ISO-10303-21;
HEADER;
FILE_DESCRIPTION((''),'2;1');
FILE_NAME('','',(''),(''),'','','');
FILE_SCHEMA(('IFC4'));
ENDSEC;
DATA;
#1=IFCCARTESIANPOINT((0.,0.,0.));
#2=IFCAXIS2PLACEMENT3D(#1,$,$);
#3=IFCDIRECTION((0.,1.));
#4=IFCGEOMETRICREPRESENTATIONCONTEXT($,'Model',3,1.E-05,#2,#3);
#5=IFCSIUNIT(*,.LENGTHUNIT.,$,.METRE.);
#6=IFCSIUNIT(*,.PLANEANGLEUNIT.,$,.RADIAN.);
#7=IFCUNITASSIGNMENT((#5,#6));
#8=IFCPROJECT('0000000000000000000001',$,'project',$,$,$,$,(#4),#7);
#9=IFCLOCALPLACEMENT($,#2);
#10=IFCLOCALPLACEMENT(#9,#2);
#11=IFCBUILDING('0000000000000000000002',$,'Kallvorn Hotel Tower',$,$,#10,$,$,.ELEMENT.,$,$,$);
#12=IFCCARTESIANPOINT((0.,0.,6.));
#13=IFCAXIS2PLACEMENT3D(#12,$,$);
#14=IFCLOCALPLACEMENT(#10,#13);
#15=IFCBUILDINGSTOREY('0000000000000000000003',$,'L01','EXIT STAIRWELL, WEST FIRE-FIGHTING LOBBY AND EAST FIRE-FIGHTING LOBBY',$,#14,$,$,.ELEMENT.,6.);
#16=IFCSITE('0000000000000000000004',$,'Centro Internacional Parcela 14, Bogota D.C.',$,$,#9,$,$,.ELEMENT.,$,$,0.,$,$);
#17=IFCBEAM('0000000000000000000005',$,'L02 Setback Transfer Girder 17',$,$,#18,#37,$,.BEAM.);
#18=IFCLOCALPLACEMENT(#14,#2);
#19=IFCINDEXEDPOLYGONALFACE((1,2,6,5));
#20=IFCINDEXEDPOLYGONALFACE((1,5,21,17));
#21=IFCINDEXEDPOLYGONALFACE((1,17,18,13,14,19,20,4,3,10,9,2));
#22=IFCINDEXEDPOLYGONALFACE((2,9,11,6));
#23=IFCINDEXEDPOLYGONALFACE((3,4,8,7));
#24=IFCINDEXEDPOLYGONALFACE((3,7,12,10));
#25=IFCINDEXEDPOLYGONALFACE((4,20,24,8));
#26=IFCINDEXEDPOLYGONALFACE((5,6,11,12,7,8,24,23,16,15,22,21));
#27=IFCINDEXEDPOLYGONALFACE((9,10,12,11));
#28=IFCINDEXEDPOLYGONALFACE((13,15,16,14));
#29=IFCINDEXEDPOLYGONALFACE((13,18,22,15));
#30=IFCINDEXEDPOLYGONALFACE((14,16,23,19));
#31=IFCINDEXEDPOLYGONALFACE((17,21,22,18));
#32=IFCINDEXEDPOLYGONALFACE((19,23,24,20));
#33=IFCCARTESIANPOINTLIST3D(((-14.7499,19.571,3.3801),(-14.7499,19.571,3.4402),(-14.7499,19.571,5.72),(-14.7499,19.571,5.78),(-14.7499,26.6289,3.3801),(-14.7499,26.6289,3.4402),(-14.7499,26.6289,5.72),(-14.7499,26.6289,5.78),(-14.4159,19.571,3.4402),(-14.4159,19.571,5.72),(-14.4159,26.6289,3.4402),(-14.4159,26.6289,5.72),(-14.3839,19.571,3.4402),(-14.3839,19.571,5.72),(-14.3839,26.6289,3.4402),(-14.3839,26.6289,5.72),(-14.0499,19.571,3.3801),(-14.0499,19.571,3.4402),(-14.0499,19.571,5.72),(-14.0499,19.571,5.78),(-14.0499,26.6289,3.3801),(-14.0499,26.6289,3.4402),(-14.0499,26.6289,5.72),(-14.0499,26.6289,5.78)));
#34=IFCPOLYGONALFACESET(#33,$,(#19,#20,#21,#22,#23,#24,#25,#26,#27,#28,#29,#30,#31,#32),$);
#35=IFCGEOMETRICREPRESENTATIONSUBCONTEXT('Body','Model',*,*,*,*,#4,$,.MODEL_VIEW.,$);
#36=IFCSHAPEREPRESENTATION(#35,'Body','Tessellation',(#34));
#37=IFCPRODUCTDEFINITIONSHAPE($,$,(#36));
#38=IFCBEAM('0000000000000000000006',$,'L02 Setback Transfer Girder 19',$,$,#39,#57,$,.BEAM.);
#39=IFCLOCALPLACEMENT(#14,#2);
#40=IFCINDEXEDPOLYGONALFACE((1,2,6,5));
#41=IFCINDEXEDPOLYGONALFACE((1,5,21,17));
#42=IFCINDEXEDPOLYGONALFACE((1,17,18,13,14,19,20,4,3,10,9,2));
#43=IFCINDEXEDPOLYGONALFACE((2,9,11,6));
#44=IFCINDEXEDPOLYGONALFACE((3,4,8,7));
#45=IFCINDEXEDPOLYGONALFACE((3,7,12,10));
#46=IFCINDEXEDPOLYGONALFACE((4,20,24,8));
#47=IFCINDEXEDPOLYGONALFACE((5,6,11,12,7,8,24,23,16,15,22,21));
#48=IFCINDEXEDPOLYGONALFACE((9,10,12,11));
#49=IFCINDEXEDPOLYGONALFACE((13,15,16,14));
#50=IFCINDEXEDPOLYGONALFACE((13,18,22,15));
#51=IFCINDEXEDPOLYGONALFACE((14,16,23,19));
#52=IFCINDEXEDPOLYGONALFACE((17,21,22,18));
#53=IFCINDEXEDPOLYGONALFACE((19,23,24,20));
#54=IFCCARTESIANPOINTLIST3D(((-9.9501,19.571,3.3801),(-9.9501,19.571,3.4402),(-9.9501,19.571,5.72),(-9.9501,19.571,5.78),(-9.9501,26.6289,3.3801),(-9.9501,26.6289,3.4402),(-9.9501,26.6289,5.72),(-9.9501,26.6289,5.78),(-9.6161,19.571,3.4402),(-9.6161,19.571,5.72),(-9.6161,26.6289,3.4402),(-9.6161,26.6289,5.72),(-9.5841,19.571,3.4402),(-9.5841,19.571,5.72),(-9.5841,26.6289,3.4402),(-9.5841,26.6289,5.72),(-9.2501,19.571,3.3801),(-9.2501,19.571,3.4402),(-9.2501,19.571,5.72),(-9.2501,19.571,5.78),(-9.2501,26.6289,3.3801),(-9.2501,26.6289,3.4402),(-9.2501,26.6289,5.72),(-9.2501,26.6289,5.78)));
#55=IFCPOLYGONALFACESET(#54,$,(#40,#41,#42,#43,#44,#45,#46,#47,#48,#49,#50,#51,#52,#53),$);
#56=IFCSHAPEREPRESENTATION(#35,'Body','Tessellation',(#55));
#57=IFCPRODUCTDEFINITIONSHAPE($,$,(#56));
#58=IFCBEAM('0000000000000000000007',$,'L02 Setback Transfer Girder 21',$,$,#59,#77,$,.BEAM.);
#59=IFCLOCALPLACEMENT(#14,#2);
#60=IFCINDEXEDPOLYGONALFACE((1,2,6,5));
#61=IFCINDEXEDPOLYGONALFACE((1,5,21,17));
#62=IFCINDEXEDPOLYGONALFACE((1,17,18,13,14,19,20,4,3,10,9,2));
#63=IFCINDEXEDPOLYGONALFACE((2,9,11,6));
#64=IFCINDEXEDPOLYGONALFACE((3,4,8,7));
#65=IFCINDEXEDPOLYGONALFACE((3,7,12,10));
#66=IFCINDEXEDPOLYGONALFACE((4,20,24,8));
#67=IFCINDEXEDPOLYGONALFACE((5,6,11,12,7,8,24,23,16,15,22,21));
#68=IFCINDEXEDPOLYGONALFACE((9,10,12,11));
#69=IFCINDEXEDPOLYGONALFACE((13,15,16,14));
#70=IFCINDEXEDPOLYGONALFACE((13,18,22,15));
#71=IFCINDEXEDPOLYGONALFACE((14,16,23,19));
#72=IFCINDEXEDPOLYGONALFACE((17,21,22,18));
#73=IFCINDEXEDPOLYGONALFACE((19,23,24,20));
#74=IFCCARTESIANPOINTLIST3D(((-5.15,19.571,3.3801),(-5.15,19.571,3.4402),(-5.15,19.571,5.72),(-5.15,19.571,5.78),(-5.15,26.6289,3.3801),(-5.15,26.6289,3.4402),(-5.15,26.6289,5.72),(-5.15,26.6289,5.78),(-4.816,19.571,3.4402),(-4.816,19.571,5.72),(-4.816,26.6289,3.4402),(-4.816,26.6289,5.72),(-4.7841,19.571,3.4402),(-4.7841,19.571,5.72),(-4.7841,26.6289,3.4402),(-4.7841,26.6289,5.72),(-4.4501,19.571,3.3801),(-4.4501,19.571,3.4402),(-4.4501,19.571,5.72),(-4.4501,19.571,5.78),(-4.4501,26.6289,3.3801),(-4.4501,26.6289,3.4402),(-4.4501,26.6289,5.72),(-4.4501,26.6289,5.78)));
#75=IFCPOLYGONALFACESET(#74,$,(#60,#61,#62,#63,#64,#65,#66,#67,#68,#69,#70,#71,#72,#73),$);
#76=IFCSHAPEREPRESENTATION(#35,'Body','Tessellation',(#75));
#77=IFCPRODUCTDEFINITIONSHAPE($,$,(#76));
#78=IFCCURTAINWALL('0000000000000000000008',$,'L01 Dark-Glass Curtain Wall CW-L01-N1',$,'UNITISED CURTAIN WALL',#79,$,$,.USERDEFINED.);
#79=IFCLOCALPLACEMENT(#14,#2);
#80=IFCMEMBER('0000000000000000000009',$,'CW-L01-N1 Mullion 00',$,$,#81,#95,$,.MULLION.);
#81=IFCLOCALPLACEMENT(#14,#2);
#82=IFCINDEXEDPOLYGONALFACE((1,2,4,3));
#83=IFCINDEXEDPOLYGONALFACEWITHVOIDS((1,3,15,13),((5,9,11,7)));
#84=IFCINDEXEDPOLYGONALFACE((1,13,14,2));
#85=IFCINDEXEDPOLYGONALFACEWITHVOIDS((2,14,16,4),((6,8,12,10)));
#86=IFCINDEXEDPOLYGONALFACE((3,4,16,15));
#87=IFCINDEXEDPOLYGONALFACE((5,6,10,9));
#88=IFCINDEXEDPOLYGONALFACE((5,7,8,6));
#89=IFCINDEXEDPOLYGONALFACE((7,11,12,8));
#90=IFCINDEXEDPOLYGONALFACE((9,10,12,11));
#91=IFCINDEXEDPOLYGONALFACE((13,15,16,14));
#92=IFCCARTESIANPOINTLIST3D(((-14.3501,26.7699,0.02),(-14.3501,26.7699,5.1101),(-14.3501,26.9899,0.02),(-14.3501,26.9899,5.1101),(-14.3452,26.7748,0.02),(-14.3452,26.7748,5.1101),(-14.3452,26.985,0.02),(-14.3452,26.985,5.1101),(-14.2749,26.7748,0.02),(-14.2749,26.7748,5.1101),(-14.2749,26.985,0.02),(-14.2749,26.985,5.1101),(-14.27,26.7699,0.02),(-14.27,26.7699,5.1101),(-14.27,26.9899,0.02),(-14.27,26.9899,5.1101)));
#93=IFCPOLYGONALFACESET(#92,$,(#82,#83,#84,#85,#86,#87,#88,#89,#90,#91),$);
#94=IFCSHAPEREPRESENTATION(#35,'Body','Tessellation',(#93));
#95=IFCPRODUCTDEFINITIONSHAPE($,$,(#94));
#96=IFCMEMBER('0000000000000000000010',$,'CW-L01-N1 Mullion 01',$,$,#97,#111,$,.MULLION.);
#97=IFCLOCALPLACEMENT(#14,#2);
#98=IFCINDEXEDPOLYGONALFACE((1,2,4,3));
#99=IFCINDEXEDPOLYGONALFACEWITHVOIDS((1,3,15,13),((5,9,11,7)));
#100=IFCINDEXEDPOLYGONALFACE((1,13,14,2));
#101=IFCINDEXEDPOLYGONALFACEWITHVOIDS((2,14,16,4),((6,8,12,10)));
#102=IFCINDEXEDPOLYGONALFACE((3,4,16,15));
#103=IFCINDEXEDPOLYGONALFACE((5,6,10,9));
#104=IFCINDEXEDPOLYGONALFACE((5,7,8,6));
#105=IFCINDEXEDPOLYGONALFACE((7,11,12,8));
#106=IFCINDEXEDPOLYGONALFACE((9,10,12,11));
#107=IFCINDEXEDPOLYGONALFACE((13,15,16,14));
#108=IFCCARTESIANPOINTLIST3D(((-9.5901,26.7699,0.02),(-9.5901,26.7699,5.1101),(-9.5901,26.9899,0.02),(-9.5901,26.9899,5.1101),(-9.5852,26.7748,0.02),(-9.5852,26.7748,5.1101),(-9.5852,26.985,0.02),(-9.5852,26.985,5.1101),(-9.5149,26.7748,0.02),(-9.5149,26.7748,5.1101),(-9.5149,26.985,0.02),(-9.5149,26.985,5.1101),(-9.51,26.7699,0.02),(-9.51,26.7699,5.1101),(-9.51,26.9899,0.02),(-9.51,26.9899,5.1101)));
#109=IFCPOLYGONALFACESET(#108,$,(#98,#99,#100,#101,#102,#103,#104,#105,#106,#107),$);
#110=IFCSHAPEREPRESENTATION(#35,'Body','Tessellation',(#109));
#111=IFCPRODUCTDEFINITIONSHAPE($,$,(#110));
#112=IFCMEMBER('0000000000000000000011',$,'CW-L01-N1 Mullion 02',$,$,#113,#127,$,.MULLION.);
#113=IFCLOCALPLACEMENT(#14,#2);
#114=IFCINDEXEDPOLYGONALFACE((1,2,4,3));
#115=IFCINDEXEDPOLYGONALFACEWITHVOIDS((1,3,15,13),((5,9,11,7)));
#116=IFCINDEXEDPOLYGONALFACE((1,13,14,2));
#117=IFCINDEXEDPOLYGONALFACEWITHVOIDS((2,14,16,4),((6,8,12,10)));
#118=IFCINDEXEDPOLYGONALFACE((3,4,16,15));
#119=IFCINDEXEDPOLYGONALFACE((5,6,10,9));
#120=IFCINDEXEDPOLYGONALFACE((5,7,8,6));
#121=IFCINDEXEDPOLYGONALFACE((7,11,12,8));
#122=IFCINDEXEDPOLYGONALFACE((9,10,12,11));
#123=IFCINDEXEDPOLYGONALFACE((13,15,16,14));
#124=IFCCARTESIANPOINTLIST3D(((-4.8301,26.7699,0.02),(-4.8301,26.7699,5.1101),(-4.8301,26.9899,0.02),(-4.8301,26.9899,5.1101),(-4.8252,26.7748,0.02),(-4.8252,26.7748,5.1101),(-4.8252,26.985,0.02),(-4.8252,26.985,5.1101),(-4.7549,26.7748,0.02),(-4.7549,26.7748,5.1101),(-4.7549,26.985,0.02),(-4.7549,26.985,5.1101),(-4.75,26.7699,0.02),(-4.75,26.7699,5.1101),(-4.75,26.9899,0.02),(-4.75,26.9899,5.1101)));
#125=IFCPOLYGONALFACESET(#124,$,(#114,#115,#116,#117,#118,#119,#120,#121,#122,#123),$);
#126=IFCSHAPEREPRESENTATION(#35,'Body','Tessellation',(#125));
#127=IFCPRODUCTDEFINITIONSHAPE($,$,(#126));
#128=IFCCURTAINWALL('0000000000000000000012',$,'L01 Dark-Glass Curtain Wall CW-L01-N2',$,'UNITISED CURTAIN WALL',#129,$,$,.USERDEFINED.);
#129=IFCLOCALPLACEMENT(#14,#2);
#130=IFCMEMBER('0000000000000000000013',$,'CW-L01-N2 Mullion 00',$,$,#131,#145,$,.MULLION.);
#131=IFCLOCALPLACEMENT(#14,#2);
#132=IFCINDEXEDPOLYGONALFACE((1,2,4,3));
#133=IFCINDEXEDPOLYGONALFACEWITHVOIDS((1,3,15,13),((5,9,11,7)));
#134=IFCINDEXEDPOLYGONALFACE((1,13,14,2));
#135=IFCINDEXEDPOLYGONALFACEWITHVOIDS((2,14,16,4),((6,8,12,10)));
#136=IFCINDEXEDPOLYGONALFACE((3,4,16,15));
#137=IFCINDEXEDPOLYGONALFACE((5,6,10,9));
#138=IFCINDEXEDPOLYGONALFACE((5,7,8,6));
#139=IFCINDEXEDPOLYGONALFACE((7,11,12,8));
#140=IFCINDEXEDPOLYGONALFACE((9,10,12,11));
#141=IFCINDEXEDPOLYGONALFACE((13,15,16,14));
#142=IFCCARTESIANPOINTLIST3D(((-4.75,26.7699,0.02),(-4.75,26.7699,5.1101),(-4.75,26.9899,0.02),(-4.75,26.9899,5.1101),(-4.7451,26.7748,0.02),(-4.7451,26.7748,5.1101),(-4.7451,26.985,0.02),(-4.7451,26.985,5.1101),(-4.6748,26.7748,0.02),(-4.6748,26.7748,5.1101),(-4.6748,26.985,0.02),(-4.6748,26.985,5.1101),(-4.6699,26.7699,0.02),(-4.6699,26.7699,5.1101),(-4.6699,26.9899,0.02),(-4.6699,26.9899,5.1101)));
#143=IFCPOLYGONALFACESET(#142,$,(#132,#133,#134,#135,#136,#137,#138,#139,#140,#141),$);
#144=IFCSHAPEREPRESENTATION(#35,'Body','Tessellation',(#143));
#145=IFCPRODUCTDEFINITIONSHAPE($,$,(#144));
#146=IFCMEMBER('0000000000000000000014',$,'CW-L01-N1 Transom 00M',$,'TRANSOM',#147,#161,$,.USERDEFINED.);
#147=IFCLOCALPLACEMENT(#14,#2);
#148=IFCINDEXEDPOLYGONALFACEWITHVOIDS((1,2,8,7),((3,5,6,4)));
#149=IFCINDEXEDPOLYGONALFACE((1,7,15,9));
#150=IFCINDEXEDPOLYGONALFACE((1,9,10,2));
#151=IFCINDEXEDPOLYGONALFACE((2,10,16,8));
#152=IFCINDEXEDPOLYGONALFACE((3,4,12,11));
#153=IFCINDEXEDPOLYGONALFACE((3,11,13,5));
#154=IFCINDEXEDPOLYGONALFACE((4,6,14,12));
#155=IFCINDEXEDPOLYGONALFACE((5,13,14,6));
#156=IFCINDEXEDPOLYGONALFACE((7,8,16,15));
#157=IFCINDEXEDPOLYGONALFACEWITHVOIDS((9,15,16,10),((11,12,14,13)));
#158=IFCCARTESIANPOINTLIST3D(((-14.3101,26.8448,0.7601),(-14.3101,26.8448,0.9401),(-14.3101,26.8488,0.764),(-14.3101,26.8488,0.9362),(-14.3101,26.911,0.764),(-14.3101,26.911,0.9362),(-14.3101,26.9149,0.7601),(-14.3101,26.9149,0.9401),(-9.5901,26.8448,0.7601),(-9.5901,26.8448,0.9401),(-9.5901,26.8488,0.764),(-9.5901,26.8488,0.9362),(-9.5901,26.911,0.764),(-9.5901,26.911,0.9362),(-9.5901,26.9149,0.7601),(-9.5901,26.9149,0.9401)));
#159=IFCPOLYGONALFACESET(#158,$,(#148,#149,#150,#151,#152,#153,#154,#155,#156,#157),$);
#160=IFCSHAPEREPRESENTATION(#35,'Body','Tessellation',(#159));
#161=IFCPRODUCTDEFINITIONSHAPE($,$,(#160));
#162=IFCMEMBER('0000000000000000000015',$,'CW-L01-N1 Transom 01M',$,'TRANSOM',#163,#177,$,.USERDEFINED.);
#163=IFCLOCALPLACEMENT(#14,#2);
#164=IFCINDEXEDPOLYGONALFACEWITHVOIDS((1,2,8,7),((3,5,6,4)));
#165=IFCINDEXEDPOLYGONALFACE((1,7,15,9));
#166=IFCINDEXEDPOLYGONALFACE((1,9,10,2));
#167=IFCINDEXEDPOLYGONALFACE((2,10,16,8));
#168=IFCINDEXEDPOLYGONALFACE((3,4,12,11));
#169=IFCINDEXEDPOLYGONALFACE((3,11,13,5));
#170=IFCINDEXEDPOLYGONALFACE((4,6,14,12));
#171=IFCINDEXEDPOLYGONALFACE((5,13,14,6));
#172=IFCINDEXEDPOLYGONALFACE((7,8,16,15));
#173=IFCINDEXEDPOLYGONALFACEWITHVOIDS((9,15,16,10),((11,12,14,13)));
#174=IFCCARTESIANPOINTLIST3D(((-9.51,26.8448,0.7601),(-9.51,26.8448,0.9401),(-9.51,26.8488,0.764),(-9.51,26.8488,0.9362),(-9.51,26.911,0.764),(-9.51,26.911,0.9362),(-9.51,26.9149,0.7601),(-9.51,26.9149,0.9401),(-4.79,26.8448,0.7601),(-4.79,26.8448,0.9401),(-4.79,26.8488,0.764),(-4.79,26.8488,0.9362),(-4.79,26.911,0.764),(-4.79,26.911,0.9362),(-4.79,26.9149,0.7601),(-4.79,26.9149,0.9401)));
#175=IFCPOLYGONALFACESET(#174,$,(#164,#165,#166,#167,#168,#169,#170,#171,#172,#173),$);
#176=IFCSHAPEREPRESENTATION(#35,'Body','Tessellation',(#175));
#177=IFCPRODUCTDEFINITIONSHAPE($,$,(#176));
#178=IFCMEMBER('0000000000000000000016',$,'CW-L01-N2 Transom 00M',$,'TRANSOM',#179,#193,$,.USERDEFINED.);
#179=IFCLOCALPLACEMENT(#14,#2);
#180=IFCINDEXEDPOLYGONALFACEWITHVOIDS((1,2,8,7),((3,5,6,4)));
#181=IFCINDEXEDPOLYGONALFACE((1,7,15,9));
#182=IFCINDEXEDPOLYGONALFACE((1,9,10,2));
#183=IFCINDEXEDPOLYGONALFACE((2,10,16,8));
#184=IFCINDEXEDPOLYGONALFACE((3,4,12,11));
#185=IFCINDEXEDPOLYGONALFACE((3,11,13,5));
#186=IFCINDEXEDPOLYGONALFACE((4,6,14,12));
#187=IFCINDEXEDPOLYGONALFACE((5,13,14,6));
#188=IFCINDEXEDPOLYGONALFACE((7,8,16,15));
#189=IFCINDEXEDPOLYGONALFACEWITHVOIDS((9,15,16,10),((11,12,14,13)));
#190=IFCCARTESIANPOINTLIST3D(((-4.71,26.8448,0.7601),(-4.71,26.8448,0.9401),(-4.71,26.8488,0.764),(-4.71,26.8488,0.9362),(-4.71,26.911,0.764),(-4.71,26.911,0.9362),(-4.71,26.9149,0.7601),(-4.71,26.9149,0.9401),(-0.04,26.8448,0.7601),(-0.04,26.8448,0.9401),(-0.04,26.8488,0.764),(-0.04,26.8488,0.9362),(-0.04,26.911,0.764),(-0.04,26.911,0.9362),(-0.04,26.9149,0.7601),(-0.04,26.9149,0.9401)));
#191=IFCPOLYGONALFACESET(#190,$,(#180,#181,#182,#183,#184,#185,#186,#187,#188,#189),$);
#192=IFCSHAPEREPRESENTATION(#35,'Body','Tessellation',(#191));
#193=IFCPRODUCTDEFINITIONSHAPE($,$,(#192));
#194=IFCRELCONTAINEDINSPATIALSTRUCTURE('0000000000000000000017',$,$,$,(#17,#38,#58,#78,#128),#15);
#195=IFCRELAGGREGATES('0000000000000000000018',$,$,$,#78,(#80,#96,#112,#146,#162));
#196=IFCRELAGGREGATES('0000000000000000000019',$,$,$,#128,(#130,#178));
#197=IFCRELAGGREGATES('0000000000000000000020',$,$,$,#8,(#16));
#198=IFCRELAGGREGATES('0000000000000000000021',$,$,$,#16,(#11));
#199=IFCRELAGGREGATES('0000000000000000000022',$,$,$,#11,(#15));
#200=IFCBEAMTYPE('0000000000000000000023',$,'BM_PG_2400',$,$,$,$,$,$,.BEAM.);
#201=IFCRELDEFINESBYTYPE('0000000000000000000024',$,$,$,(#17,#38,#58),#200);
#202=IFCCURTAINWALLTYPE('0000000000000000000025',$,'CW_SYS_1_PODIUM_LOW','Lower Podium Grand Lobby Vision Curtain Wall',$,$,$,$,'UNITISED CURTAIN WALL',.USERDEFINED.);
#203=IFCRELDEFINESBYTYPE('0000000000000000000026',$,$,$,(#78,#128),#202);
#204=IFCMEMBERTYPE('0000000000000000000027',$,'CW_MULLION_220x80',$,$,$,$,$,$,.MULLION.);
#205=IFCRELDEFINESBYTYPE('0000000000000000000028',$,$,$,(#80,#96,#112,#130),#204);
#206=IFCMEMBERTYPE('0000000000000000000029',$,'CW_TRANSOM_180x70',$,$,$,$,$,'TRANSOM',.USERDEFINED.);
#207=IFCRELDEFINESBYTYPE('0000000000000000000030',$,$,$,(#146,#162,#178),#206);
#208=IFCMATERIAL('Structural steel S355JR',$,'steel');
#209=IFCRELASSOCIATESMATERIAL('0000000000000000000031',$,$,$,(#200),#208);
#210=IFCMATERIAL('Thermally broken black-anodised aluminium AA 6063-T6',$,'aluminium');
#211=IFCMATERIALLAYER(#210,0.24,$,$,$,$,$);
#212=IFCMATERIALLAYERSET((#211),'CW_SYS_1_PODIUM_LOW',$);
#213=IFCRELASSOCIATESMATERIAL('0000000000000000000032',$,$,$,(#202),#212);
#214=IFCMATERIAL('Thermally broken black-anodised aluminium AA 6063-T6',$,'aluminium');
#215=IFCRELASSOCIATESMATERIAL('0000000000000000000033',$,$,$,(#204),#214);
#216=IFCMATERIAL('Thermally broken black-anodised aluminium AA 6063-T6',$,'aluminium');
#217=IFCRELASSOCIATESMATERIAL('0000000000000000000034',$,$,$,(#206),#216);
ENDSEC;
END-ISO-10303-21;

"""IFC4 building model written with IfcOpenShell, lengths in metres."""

from ifc_helpers import new_model, si_unit, direction, frame, origin, origin_2d, place, context, subcontext, project, spatial, hollow_rectangle, i_section, extrude, material, layer, layer_set, material_profile, profile_set, type_object, element, aggregate, save


model = new_model("IFC4")

# Units and contexts
model_context = context("Model", 3, precision=1e-05, world=origin(), true_north=direction((0.0, 1.0)))
body_context = subcontext(model_context, "Body", "Model", "MODEL_VIEW")
ifc_project = project(units=[si_unit("LENGTHUNIT", "METRE"), si_unit("PLANEANGLEUNIT", "RADIAN")], contexts=[model_context])

# Site, building, storey
site_placement = place(None, origin())
site = spatial("IfcSite", under=ifc_project, at=site_placement, Name="Centro Internacional Parcela 14, Bogota D.C.", CompositionType="ELEMENT", RefElevation=0.0)
building_placement = place(site_placement, origin())
building = spatial("IfcBuilding", under=site, at=building_placement, Name="Kallvorn Hotel Tower", CompositionType="ELEMENT")
storey_placement = place(building_placement, frame((0.0, 0.0, 6.0)))
storey = spatial("IfcBuildingStorey", under=building, at=storey_placement, Name="L01", Description="EXIT STAIRWELL, WEST FIRE-FIGHTING LOBBY AND EAST FIRE-FIGHTING LOBBY", CompositionType="ELEMENT", Elevation=6.0)

# Beams
ifc_material_1 = material(Name="Structural steel S355JR", Category="steel")
ifc_material_profile_1 = material_profile(ifc_material_1, i_section(OverallWidth=0.7, OverallDepth=2.3999, WebThickness=0.032, FlangeThickness=0.0601, at=origin_2d()), Name="PG 2400x700x32x60")
ifc_profile_set_1 = profile_set([ifc_material_profile_1], Name="Structural steel S355JR")
beam_type_1 = type_object("IfcBeamType", Name="BM_PG_2400", PredefinedType="BEAM", material=ifc_profile_set_1)
for number, where, z_axis, x_axis, name in (
    (1, (-14.3999, 19.571, 4.5801), (0.0, 1.0, 0.0), (-1.0, 0.0, 0.0), "L02 Setback Transfer Girder 17"),
    (2, (-9.6001, 19.571, 4.5801), (0.0, 1.0, 0.0), (-1.0, 0.0, 0.0), "L02 Setback Transfer Girder 19"),
    (3, (-4.8, 19.571, 4.5801), (0.0, 1.0, 0.0), (-1.0, 0.0, 0.0), "L02 Setback Transfer Girder 21"),
):
    element("IfcBeam", number, at=place(storey_placement, frame(where, z_axis=z_axis, x_axis=x_axis)), inside=storey, type_object=beam_type_1, Name=name, PredefinedType="BEAM", context=body_context, shape_type="SweptSolid", body=[
        extrude(i_section(OverallWidth=0.7, OverallDepth=2.3999, WebThickness=0.032, FlangeThickness=0.0601, at=origin_2d()), origin(), (0.0, 0.0, 1.0), 7.0579),
    ])

# Curtain wall, members
ifc_material_2 = material(Name="Thermally broken black-anodised aluminium AA 6063-T6", Category="aluminium")
ifc_layer_1 = layer(ifc_material_2, 0.24)
ifc_layer_set_1 = layer_set([ifc_layer_1], Name="CW_SYS_1_PODIUM_LOW")
curtain_wall_type = type_object("IfcCurtainWallType", Name="CW_SYS_1_PODIUM_LOW", Description="Lower Podium Grand Lobby Vision Curtain Wall", ElementType="UNITISED CURTAIN WALL", PredefinedType="USERDEFINED", material=ifc_layer_set_1)
curtain_wall_1_placement = place(storey_placement, origin())
curtain_wall_1 = element("IfcCurtainWall", 4, at=curtain_wall_1_placement, inside=storey, type_object=curtain_wall_type, Name="L01 Dark-Glass Curtain Wall CW-L01-N1", ObjectType="UNITISED CURTAIN WALL", PredefinedType="USERDEFINED")
ifc_material_3 = material(Name="Thermally broken black-anodised aluminium AA 6063-T6", Category="aluminium")
ifc_material_profile_2 = material_profile(ifc_material_3, hollow_rectangle(XDim=0.0801, YDim=0.22, WallThickness=0.0049, at=origin_2d()), Name="MUL 220x80")
ifc_profile_set_2 = profile_set([ifc_material_profile_2], Name="Thermally broken black-anodised aluminium AA 6063-T6")
member_type_1 = type_object("IfcMemberType", Name="CW_MULLION_220x80", PredefinedType="MULLION", material=ifc_profile_set_2)
member_1_placement = place(storey_placement, frame((-14.3101, 26.8799, 0.02), z_axis=(0.0, 0.0, 1.0), x_axis=(1.0, 0.0, 0.0)))
member_1 = element("IfcMember", 5, at=member_1_placement, type_object=member_type_1, Name="CW-L01-N1 Mullion 00", PredefinedType="MULLION", context=body_context, shape_type="SweptSolid", body=[
    extrude(hollow_rectangle(XDim=0.0801, YDim=0.22, WallThickness=0.0049, at=origin_2d()), origin(), (0.0, 0.0, 1.0), 5.0901),
])
member_2_placement = place(storey_placement, frame((-9.55, 26.8799, 0.02), z_axis=(0.0, 0.0, 1.0), x_axis=(1.0, 0.0, 0.0)))
member_2 = element("IfcMember", 6, at=member_2_placement, type_object=member_type_1, Name="CW-L01-N1 Mullion 01", PredefinedType="MULLION", context=body_context, shape_type="SweptSolid", body=[
    extrude(hollow_rectangle(XDim=0.0801, YDim=0.22, WallThickness=0.0049, at=origin_2d()), origin(), (0.0, 0.0, 1.0), 5.0901),
])
member_3_placement = place(storey_placement, frame((-4.79, 26.8799, 0.02), z_axis=(0.0, 0.0, 1.0), x_axis=(1.0, 0.0, 0.0)))
member_3 = element("IfcMember", 7, at=member_3_placement, type_object=member_type_1, Name="CW-L01-N1 Mullion 02", PredefinedType="MULLION", context=body_context, shape_type="SweptSolid", body=[
    extrude(hollow_rectangle(XDim=0.0801, YDim=0.22, WallThickness=0.0049, at=origin_2d()), origin(), (0.0, 0.0, 1.0), 5.0901),
])

# Curtain wall, member
curtain_wall_2_placement = place(storey_placement, origin())
curtain_wall_2 = element("IfcCurtainWall", 8, at=curtain_wall_2_placement, inside=storey, type_object=curtain_wall_type, Name="L01 Dark-Glass Curtain Wall CW-L01-N2", ObjectType="UNITISED CURTAIN WALL", PredefinedType="USERDEFINED")
member_4_placement = place(storey_placement, frame((-4.71, 26.8799, 0.02), z_axis=(0.0, 0.0, 1.0), x_axis=(1.0, 0.0, 0.0)))
member_4 = element("IfcMember", 9, at=member_4_placement, type_object=member_type_1, Name="CW-L01-N2 Mullion 00", PredefinedType="MULLION", context=body_context, shape_type="SweptSolid", body=[
    extrude(hollow_rectangle(XDim=0.0801, YDim=0.22, WallThickness=0.0049, at=origin_2d()), origin(), (0.0, 0.0, 1.0), 5.0901),
])

# Members
ifc_material_4 = material(Name="Thermally broken black-anodised aluminium AA 6063-T6", Category="aluminium")
ifc_material_profile_3 = material_profile(ifc_material_4, hollow_rectangle(XDim=0.0701, YDim=0.1799, WallThickness=0.0039, at=origin_2d()), Name="TRN 180x70")
ifc_profile_set_3 = profile_set([ifc_material_profile_3], Name="Thermally broken black-anodised aluminium AA 6063-T6")
member_type_2 = type_object("IfcMemberType", Name="CW_TRANSOM_180x70", ElementType="TRANSOM", PredefinedType="USERDEFINED", material=ifc_profile_set_3)
member_5_placement = place(storey_placement, frame((-14.3101, 26.8799, 0.8501), z_axis=(1.0, 0.0, 0.0), x_axis=(0.0, 1.0, 0.0)))
member_5 = element("IfcMember", 10, at=member_5_placement, type_object=member_type_2, Name="CW-L01-N1 Transom 00M", ObjectType="TRANSOM", PredefinedType="USERDEFINED", context=body_context, shape_type="SweptSolid", body=[
    extrude(hollow_rectangle(XDim=0.0701, YDim=0.1799, WallThickness=0.0039, at=origin_2d()), origin(), (0.0, 0.0, 1.0), 4.72),
])
member_6_placement = place(storey_placement, frame((-9.51, 26.8799, 0.8501), z_axis=(1.0, 0.0, 0.0), x_axis=(0.0, 1.0, 0.0)))
member_6 = element("IfcMember", 11, at=member_6_placement, type_object=member_type_2, Name="CW-L01-N1 Transom 01M", ObjectType="TRANSOM", PredefinedType="USERDEFINED", context=body_context, shape_type="SweptSolid", body=[
    extrude(hollow_rectangle(XDim=0.0701, YDim=0.1799, WallThickness=0.0039, at=origin_2d()), origin(), (0.0, 0.0, 1.0), 4.72),
])
member_7_placement = place(storey_placement, frame((-4.71, 26.8799, 0.8501), z_axis=(1.0, 0.0, 0.0), x_axis=(0.0, 1.0, 0.0)))
member_7 = element("IfcMember", 12, at=member_7_placement, type_object=member_type_2, Name="CW-L01-N2 Transom 00M", ObjectType="TRANSOM", PredefinedType="USERDEFINED", context=body_context, shape_type="SweptSolid", body=[
    extrude(hollow_rectangle(XDim=0.0701, YDim=0.1799, WallThickness=0.0039, at=origin_2d()), origin(), (0.0, 0.0, 1.0), 4.6699),
])

aggregate(curtain_wall_1, [member_1, member_2, member_3, member_5, member_6])
aggregate(curtain_wall_2, [member_4, member_7])

save(model, "model.ifc")
